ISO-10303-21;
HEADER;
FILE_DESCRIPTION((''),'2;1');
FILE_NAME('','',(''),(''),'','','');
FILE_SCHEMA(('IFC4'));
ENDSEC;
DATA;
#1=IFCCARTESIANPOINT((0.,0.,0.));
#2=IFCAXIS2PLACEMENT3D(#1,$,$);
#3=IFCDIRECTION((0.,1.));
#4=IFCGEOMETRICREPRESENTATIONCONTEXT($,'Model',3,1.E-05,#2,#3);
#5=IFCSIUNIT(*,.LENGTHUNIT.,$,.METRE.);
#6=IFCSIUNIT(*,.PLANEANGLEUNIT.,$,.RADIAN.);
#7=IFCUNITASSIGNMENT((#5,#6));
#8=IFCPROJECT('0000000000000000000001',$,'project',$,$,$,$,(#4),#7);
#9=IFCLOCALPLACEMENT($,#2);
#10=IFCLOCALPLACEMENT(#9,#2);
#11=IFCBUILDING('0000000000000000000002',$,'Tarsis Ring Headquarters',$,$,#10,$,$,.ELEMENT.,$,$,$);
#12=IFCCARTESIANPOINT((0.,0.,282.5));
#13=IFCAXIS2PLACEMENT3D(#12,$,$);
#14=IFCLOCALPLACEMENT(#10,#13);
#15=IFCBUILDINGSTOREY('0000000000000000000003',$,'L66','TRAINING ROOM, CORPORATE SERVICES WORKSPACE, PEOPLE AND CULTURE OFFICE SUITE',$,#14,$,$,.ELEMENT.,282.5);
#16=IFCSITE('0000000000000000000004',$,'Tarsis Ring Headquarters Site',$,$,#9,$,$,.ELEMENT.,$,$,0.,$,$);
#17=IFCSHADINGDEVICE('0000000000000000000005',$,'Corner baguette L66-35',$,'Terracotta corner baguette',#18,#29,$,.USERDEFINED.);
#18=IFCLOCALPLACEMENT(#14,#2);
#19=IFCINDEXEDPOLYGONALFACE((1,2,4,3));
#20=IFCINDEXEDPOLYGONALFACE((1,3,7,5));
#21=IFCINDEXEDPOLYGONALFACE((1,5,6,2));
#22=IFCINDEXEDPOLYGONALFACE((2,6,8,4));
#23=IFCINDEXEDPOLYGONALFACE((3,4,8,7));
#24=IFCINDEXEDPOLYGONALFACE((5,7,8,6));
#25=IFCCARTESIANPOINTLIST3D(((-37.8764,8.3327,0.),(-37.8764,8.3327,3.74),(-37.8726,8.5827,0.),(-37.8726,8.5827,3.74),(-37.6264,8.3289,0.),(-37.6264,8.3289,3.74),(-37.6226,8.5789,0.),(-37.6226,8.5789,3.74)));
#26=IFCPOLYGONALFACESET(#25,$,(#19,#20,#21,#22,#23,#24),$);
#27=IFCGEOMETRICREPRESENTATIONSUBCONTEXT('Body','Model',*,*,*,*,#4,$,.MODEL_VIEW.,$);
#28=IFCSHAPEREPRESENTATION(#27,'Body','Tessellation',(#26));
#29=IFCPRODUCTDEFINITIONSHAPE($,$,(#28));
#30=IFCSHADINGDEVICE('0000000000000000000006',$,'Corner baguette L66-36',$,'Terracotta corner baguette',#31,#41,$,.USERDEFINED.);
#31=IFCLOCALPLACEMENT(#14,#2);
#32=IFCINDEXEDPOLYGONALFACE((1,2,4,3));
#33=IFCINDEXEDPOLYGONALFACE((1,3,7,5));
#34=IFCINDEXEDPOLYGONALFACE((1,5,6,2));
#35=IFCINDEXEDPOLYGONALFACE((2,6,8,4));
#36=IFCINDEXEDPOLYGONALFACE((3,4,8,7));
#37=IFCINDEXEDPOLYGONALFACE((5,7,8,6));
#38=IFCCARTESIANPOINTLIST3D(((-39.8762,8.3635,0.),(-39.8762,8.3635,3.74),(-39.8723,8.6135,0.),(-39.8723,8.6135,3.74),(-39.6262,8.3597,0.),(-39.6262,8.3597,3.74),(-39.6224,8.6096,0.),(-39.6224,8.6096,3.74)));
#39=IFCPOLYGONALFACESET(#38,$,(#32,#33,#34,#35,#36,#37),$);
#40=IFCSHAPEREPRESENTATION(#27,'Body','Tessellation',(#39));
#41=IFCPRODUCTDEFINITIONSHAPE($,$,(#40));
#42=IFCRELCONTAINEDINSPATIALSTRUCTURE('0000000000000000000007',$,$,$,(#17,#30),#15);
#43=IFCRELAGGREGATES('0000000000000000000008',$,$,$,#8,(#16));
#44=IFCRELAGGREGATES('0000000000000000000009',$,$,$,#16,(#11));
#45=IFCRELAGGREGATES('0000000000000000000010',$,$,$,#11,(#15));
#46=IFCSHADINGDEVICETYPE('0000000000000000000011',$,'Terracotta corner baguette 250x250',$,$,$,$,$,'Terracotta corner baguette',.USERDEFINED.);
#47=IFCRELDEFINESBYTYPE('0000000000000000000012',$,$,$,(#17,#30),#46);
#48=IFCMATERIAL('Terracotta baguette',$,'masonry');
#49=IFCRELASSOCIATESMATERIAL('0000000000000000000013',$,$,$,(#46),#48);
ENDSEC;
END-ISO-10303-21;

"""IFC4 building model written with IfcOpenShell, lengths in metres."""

from ifc_helpers import new_model, si_unit, direction, frame, origin, origin_2d, place, context, subcontext, project, spatial, rectangle, extrude, material, type_object, element, save


model = new_model("IFC4")

# Units and contexts
model_context = context("Model", 3, precision=1e-05, world=origin(), true_north=direction((0.0, 1.0)))
body_context = subcontext(model_context, "Body", "Model", "MODEL_VIEW")
ifc_project = project(units=[si_unit("LENGTHUNIT", "METRE"), si_unit("PLANEANGLEUNIT", "RADIAN")], contexts=[model_context])

# Site, building, storey
site_placement = place(None, origin())
site = spatial("IfcSite", under=ifc_project, at=site_placement, Name="Tarsis Ring Headquarters Site", CompositionType="ELEMENT", RefElevation=0.0)
building_placement = place(site_placement, origin())
building = spatial("IfcBuilding", under=site, at=building_placement, Name="Tarsis Ring Headquarters", CompositionType="ELEMENT")
storey_placement = place(building_placement, frame((0.0, 0.0, 282.5)))
storey = spatial("IfcBuildingStorey", under=building, at=storey_placement, Name="L66", Description="TRAINING ROOM, CORPORATE SERVICES WORKSPACE, PEOPLE AND CULTURE OFFICE SUITE", CompositionType="ELEMENT", Elevation=282.5)

# Shading devices
ifc_material_1 = material(Name="Terracotta baguette", Category="masonry")
shading_device_type_1 = type_object("IfcShadingDeviceType", Name="Terracotta corner baguette 250x250", ElementType="Terracotta corner baguette", PredefinedType="USERDEFINED", material=ifc_material_1)
for number, where, z_axis, x_axis, name in (
    (1, (-37.7495, 8.4558, 0.0), (0.0, 0.0, 1.0), (-0.015358, -0.999882, 0.0), "Corner baguette L66-35"),
    (2, (-39.7493, 8.4866, 0.0), (0.0, 0.0, 1.0), (-0.999882, 0.015358, 0.0), "Corner baguette L66-36"),
):
    element("IfcShadingDevice", number, at=place(storey_placement, frame(where, z_axis=z_axis, x_axis=x_axis)), inside=storey, type_object=shading_device_type_1, Name=name, ObjectType="Terracotta corner baguette", PredefinedType="USERDEFINED", context=body_context, shape_type="SweptSolid", body=[
        extrude(rectangle(XDim=0.25, YDim=0.25, at=origin_2d()), origin(), (0.0, 0.0, 1.0), 3.74),
    ])

save(model, "model.ifc")
